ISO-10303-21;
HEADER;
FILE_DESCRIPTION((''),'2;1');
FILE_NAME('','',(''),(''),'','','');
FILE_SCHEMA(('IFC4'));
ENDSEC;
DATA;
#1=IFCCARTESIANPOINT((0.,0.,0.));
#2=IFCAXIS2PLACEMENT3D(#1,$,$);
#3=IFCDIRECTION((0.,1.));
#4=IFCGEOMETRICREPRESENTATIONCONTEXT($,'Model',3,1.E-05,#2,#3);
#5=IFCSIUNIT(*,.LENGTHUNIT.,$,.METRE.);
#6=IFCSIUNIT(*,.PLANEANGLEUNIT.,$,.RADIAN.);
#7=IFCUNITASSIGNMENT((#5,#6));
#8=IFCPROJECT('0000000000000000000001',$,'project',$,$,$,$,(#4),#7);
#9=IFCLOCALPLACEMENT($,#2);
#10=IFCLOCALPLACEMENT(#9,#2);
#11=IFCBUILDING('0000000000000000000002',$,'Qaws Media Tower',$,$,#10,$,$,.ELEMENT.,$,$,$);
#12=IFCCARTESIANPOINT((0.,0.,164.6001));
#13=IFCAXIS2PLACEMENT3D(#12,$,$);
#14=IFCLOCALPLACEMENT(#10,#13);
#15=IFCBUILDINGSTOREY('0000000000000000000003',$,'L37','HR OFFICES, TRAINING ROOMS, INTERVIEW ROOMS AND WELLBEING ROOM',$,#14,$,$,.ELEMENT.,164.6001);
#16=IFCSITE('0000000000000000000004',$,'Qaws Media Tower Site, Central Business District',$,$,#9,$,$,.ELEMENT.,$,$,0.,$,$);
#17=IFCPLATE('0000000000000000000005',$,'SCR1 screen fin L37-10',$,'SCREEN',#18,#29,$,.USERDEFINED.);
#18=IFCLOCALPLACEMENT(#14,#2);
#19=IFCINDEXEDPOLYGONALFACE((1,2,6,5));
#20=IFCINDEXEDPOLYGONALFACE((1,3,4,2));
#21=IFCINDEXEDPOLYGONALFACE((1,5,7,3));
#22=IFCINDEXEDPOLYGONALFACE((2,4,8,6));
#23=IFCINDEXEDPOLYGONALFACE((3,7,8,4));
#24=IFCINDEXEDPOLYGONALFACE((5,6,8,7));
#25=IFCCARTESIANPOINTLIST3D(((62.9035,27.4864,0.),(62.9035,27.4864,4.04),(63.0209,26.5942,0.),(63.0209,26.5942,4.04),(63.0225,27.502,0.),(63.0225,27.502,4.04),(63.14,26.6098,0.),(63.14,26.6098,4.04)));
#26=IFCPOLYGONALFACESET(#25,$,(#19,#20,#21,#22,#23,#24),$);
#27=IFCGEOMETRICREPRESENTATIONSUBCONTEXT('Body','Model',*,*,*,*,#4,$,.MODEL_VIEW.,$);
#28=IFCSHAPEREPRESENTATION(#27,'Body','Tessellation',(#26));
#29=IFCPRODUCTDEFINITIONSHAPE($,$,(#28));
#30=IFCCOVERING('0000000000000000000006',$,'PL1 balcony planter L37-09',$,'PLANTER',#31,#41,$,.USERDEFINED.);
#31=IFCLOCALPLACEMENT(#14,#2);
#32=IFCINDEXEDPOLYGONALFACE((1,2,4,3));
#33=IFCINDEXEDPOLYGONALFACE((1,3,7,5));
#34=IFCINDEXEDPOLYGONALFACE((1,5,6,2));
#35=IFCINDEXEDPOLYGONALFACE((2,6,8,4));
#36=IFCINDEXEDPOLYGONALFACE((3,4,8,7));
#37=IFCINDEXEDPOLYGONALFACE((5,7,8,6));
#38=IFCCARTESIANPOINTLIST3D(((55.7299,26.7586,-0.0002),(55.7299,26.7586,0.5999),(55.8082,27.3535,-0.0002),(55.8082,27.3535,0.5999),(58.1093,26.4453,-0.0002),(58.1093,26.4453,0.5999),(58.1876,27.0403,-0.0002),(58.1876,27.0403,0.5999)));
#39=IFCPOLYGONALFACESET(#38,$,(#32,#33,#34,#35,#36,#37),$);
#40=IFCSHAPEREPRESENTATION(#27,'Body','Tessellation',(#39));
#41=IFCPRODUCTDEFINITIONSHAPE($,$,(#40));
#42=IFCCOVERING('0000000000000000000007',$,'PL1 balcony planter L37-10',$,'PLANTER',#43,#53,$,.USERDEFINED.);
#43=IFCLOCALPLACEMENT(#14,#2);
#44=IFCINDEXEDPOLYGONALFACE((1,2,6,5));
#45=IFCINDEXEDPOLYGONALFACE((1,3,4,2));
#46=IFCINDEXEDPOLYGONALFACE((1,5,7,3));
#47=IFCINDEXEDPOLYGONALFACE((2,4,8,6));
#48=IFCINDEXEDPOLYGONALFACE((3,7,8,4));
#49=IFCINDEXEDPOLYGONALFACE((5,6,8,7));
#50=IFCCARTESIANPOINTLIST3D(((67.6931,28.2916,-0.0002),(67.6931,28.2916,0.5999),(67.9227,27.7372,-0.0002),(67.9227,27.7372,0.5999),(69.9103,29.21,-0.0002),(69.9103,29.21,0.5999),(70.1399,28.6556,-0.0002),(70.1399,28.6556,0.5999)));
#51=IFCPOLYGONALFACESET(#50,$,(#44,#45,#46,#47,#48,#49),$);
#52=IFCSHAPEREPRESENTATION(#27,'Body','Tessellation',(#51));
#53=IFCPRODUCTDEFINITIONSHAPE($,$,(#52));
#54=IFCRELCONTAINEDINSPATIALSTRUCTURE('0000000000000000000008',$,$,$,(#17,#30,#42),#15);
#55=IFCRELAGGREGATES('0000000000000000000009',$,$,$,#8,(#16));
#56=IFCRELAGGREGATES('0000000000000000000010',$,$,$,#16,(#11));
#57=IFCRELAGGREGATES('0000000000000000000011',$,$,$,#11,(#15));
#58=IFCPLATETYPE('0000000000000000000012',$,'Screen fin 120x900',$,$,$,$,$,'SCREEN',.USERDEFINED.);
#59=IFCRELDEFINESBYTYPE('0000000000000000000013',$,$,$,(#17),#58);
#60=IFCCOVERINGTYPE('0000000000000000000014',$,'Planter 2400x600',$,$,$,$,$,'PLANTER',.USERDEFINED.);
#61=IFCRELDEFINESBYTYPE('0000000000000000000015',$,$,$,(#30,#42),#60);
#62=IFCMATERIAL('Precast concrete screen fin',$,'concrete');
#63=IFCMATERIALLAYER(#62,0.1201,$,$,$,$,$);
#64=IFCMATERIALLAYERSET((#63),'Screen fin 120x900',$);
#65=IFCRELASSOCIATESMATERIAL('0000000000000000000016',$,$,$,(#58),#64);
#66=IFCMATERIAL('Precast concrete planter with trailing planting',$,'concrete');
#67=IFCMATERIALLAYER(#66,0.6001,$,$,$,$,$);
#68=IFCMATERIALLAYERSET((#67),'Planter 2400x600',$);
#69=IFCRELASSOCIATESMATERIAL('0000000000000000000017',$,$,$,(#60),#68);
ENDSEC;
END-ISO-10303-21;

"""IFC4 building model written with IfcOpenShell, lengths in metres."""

from ifc_helpers import new_model, si_unit, direction, frame, origin, origin_2d, place, context, subcontext, project, spatial, rectangle, extrude, material, layer, layer_set, type_object, element, save


model = new_model("IFC4")

# Units and contexts
model_context = context("Model", 3, precision=1e-05, world=origin(), true_north=direction((0.0, 1.0)))
body_context = subcontext(model_context, "Body", "Model", "MODEL_VIEW")
ifc_project = project(units=[si_unit("LENGTHUNIT", "METRE"), si_unit("PLANEANGLEUNIT", "RADIAN")], contexts=[model_context])

# Site, building, storey
site_placement = place(None, origin())
site = spatial("IfcSite", under=ifc_project, at=site_placement, Name="Qaws Media Tower Site, Central Business District", CompositionType="ELEMENT", RefElevation=0.0)
building_placement = place(site_placement, origin())
building = spatial("IfcBuilding", under=site, at=building_placement, Name="Qaws Media Tower", CompositionType="ELEMENT")
storey_placement = place(building_placement, frame((0.0, 0.0, 164.6001)))
storey = spatial("IfcBuildingStorey", under=building, at=storey_placement, Name="L37", Description="HR OFFICES, TRAINING ROOMS, INTERVIEW ROOMS AND WELLBEING ROOM", CompositionType="ELEMENT", Elevation=164.6001)

# Plate
ifc_material_1 = material(Name="Precast concrete screen fin", Category="concrete")
ifc_layer_1 = layer(ifc_material_1, 0.1201)
ifc_layer_set_1 = layer_set([ifc_layer_1], Name="Screen fin 120x900")
plate_type_1 = type_object("IfcPlateType", Name="Screen fin 120x900", ElementType="SCREEN", PredefinedType="USERDEFINED", material=ifc_layer_set_1)
plate_1_placement = place(storey_placement, frame((63.0217, 27.0481, 0.0), z_axis=(0.0, 0.0, 1.0), x_axis=(0.130526, -0.991445, 0.0)))
element("IfcPlate", 1, at=plate_1_placement, inside=storey, type_object=plate_type_1, Name="SCR1 screen fin L37-10", ObjectType="SCREEN", PredefinedType="USERDEFINED", context=body_context, shape_type="SweptSolid", body=[
    extrude(rectangle(XDim=0.8999, YDim=0.1201, at=origin_2d()), origin(), (0.0, 0.0, 1.0), 4.04),
])

# Coverings
ifc_material_2 = material(Name="Precast concrete planter with trailing planting", Category="concrete")
ifc_layer_2 = layer(ifc_material_2, 0.6001)
ifc_layer_set_2 = layer_set([ifc_layer_2], Name="Planter 2400x600")
covering_type = type_object("IfcCoveringType", Name="Planter 2400x600", ElementType="PLANTER", PredefinedType="USERDEFINED", material=ifc_layer_set_2)
for number, where, z_axis, x_axis, name in (
    (2, (56.9587, 26.8994, -0.0002), (0.0, 0.0, 1.0), (0.991445, -0.130526, 0.0), "PL1 balcony planter L37-09"),
    (3, (68.9165, 28.4736, -0.0002), (0.0, 0.0, 1.0), (0.92388, 0.382683, 0.0), "PL1 balcony planter L37-10"),
):
    element("IfcCovering", number, at=place(storey_placement, frame(where, z_axis=z_axis, x_axis=x_axis)), inside=storey, type_object=covering_type, Name=name, ObjectType="PLANTER", PredefinedType="USERDEFINED", context=body_context, shape_type="SweptSolid", body=[
        extrude(rectangle(XDim=2.3999, YDim=0.6001, at=origin_2d()), origin(), (0.0, 0.0, 1.0), 0.6001),
    ])

save(model, "model.ifc")
